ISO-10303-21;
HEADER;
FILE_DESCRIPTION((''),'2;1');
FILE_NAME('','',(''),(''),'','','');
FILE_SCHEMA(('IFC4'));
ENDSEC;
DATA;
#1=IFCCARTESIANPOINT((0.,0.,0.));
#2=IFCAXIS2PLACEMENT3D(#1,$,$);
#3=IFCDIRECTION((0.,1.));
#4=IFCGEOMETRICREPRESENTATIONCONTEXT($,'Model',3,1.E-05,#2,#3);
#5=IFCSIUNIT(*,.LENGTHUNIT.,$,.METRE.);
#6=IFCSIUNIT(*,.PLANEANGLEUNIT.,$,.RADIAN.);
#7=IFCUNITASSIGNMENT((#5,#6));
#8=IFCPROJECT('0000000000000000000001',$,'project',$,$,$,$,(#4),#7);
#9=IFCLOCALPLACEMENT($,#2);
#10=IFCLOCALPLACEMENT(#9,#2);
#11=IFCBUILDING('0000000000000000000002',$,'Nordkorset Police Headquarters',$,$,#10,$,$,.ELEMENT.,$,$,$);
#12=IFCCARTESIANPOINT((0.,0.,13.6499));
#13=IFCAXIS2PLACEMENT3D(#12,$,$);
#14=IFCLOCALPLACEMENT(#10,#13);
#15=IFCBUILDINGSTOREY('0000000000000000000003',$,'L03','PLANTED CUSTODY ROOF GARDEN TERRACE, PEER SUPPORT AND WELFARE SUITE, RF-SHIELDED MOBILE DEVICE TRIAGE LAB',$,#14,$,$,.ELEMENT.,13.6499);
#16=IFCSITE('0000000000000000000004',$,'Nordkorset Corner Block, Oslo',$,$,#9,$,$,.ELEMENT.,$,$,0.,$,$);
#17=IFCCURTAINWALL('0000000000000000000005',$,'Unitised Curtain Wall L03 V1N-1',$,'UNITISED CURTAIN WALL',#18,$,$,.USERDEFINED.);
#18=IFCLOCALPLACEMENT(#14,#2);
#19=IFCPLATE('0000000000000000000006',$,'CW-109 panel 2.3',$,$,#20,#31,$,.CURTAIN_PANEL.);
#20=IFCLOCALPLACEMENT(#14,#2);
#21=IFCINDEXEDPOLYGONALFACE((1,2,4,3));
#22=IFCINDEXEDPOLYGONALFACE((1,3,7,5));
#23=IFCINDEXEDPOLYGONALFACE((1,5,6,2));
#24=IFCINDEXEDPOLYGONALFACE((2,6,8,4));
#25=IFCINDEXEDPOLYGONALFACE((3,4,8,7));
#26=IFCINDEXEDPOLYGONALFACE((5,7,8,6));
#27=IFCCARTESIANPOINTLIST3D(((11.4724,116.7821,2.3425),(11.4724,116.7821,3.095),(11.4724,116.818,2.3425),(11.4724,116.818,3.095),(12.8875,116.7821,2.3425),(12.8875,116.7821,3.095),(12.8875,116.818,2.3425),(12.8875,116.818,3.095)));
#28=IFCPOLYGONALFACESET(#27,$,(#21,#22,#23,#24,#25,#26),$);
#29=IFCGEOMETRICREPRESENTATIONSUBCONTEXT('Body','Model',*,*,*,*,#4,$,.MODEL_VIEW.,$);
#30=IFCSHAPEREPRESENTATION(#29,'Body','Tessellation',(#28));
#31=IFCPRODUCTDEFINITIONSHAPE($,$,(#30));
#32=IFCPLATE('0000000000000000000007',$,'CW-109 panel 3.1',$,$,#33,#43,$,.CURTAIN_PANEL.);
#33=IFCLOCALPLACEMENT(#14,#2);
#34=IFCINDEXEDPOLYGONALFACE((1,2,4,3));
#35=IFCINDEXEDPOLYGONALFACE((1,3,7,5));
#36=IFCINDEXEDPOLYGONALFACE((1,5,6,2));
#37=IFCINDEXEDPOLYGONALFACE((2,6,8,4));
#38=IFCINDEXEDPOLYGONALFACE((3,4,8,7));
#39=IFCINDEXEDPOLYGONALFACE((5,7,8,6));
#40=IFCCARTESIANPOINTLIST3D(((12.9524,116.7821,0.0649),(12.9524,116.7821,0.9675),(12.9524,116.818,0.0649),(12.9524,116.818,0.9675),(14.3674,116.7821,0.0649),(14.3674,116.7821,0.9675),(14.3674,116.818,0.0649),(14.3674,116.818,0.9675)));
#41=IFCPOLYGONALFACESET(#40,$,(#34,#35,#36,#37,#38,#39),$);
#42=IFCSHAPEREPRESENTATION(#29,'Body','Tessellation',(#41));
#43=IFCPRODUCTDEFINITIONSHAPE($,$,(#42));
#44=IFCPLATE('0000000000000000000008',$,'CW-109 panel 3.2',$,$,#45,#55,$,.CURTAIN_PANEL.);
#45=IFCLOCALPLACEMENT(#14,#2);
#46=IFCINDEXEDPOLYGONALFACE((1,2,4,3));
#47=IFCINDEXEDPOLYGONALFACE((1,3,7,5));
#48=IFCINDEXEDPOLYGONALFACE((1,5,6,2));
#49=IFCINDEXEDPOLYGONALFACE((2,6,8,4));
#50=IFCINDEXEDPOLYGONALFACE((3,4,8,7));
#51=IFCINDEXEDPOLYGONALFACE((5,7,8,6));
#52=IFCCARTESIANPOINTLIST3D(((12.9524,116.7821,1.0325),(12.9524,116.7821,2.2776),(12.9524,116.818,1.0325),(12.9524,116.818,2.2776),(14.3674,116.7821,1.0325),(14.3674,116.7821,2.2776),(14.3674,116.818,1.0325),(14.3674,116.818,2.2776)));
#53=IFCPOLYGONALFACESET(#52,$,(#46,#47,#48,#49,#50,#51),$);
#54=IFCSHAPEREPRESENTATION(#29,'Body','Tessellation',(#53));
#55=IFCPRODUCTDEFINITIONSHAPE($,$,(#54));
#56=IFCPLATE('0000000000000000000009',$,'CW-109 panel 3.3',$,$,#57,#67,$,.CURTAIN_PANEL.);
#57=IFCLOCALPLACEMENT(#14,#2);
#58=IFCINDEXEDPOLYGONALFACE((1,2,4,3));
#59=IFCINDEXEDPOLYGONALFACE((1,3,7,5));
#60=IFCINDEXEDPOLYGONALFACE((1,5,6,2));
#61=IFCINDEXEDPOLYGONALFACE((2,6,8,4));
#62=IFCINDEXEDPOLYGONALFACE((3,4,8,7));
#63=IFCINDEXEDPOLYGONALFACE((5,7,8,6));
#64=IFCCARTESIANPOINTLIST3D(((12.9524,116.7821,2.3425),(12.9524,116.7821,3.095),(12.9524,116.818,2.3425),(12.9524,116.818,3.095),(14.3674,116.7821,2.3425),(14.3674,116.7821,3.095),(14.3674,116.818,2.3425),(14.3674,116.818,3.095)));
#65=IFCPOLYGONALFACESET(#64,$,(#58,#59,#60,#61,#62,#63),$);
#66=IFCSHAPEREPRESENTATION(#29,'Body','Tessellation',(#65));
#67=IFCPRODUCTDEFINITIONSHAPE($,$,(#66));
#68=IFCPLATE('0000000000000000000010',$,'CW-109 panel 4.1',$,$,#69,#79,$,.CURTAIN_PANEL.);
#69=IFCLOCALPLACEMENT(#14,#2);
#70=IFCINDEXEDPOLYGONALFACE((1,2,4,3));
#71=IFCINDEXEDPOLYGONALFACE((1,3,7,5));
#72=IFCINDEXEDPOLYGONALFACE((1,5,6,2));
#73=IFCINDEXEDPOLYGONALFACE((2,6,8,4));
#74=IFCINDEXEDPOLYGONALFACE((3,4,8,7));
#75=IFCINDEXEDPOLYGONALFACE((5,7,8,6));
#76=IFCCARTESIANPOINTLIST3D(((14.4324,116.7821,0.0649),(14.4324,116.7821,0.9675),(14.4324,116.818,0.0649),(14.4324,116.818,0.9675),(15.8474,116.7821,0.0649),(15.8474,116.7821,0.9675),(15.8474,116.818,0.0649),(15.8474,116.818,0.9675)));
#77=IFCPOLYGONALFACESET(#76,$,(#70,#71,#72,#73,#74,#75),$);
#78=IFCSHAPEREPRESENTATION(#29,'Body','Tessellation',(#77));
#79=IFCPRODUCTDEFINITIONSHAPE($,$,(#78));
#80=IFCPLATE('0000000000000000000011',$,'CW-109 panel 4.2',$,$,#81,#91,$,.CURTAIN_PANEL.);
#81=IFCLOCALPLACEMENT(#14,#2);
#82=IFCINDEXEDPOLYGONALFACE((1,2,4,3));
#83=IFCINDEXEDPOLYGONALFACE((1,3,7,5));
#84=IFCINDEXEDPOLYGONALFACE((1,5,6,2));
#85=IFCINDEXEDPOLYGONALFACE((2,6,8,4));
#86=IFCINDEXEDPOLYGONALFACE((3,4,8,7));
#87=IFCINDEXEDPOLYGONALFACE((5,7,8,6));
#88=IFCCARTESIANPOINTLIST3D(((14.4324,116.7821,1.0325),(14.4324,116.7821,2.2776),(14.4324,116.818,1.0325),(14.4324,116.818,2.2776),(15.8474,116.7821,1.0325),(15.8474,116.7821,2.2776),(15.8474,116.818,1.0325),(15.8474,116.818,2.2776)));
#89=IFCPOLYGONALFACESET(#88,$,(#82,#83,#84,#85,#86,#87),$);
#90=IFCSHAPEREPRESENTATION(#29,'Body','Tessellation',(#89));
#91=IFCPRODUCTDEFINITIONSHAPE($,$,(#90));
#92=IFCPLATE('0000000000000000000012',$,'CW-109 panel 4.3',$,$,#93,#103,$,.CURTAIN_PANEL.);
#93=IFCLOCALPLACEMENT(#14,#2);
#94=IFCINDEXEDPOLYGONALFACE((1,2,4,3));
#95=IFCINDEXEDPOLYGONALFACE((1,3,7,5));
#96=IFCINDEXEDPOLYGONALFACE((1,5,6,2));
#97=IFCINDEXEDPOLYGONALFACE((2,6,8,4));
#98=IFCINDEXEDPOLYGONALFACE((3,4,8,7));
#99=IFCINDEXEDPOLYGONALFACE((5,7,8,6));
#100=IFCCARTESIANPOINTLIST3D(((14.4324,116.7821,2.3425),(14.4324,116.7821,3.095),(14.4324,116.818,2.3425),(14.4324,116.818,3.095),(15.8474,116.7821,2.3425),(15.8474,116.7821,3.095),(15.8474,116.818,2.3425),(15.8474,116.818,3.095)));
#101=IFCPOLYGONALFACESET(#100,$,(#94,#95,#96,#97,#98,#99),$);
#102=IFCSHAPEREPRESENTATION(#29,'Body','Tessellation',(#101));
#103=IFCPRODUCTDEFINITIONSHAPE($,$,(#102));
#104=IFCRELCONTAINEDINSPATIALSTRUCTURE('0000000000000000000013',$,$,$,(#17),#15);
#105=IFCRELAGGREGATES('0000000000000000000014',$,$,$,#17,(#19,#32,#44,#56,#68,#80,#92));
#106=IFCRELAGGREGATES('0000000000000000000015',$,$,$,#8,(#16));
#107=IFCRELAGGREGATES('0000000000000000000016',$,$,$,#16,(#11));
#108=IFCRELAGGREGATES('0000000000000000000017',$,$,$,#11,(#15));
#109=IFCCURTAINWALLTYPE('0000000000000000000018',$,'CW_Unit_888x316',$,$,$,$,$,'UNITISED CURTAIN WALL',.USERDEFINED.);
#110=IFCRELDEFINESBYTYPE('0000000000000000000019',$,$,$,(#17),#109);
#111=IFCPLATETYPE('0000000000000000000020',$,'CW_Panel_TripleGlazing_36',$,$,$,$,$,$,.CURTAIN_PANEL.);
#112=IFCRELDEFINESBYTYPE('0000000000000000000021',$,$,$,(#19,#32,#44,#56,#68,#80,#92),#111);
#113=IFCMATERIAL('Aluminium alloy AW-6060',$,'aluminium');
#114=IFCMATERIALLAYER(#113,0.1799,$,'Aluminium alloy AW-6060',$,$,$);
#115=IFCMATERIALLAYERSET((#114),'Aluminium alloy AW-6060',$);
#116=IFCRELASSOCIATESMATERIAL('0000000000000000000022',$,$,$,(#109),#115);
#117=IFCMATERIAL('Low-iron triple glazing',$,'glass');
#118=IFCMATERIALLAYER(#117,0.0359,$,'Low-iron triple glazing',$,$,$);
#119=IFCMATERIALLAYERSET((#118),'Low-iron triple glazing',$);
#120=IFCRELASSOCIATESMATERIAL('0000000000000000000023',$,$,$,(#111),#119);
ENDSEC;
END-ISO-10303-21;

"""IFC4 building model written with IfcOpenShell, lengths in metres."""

from ifc_helpers import new_model, si_unit, direction, frame, origin, origin_2d, place, context, subcontext, project, spatial, rectangle, extrude, material, layer, layer_set, type_object, element, aggregate, save


model = new_model("IFC4")

# Units and contexts
model_context = context("Model", 3, precision=1e-05, world=origin(), true_north=direction((0.0, 1.0)))
body_context = subcontext(model_context, "Body", "Model", "MODEL_VIEW")
ifc_project = project(units=[si_unit("LENGTHUNIT", "METRE"), si_unit("PLANEANGLEUNIT", "RADIAN")], contexts=[model_context])

# Site, building, storey
site_placement = place(None, origin())
site = spatial("IfcSite", under=ifc_project, at=site_placement, Name="Nordkorset Corner Block, Oslo", CompositionType="ELEMENT", RefElevation=0.0)
building_placement = place(site_placement, origin())
building = spatial("IfcBuilding", under=site, at=building_placement, Name="Nordkorset Police Headquarters", CompositionType="ELEMENT")
storey_placement = place(building_placement, frame((0.0, 0.0, 13.6499)))
storey = spatial("IfcBuildingStorey", under=building, at=storey_placement, Name="L03", Description="PLANTED CUSTODY ROOF GARDEN TERRACE, PEER SUPPORT AND WELFARE SUITE, RF-SHIELDED MOBILE DEVICE TRIAGE LAB", CompositionType="ELEMENT", Elevation=13.6499)

# Curtain wall, plates
ifc_material_1 = material(Name="Aluminium alloy AW-6060", Category="aluminium")
ifc_layer_1 = layer(ifc_material_1, 0.1799, Name="Aluminium alloy AW-6060")
ifc_layer_set_1 = layer_set([ifc_layer_1], Name="Aluminium alloy AW-6060")
curtain_wall_type = type_object("IfcCurtainWallType", Name="CW_Unit_888x316", ElementType="UNITISED CURTAIN WALL", PredefinedType="USERDEFINED", material=ifc_layer_set_1)
curtain_wall_placement = place(storey_placement, origin())
curtain_wall = element("IfcCurtainWall", 1, at=curtain_wall_placement, inside=storey, type_object=curtain_wall_type, Name="Unitised Curtain Wall L03 V1N-1", ObjectType="UNITISED CURTAIN WALL", PredefinedType="USERDEFINED")
ifc_material_2 = material(Name="Low-iron triple glazing", Category="glass")
ifc_layer_2 = layer(ifc_material_2, 0.0359, Name="Low-iron triple glazing")
ifc_layer_set_2 = layer_set([ifc_layer_2], Name="Low-iron triple glazing")
plate_type = type_object("IfcPlateType", Name="CW_Panel_TripleGlazing_36", PredefinedType="CURTAIN_PANEL", material=ifc_layer_set_2)
plate_1_placement = place(storey_placement, frame((12.1799, 116.8, 2.3425), z_axis=(0.0, 0.0, 1.0), x_axis=(1.0, 0.0, 0.0)))
plate_1 = element("IfcPlate", 2, at=plate_1_placement, type_object=plate_type, Name="CW-109 panel 2.3", PredefinedType="CURTAIN_PANEL", context=body_context, shape_type="SweptSolid", body=[
    extrude(rectangle(XDim=1.415, YDim=0.0359, at=origin_2d()), origin(), (0.0, 0.0, 1.0), 0.7524),
])
plate_2_placement = place(storey_placement, frame((13.6599, 116.8, 0.0649), z_axis=(0.0, 0.0, 1.0), x_axis=(1.0, 0.0, 0.0)))
plate_2 = element("IfcPlate", 3, at=plate_2_placement, type_object=plate_type, Name="CW-109 panel 3.1", PredefinedType="CURTAIN_PANEL", context=body_context, shape_type="SweptSolid", body=[
    extrude(rectangle(XDim=1.415, YDim=0.0359, at=origin_2d()), origin(), (0.0, 0.0, 1.0), 0.9026),
])
plate_3_placement = place(storey_placement, frame((13.6599, 116.8, 1.0325), z_axis=(0.0, 0.0, 1.0), x_axis=(1.0, 0.0, 0.0)))
plate_3 = element("IfcPlate", 4, at=plate_3_placement, type_object=plate_type, Name="CW-109 panel 3.2", PredefinedType="CURTAIN_PANEL", context=body_context, shape_type="SweptSolid", body=[
    extrude(rectangle(XDim=1.415, YDim=0.0359, at=origin_2d()), origin(), (0.0, 0.0, 1.0), 1.2451),
])
plate_4_placement = place(storey_placement, frame((13.6599, 116.8, 2.3425), z_axis=(0.0, 0.0, 1.0), x_axis=(1.0, 0.0, 0.0)))
plate_4 = element("IfcPlate", 5, at=plate_4_placement, type_object=plate_type, Name="CW-109 panel 3.3", PredefinedType="CURTAIN_PANEL", context=body_context, shape_type="SweptSolid", body=[
    extrude(rectangle(XDim=1.415, YDim=0.0359, at=origin_2d()), origin(), (0.0, 0.0, 1.0), 0.7524),
])
plate_5_placement = place(storey_placement, frame((15.1399, 116.8, 0.0649), z_axis=(0.0, 0.0, 1.0), x_axis=(1.0, 0.0, 0.0)))
plate_5 = element("IfcPlate", 6, at=plate_5_placement, type_object=plate_type, Name="CW-109 panel 4.1", PredefinedType="CURTAIN_PANEL", context=body_context, shape_type="SweptSolid", body=[
    extrude(rectangle(XDim=1.415, YDim=0.0359, at=origin_2d()), origin(), (0.0, 0.0, 1.0), 0.9026),
])
plate_6_placement = place(storey_placement, frame((15.1399, 116.8, 1.0325), z_axis=(0.0, 0.0, 1.0), x_axis=(1.0, 0.0, 0.0)))
plate_6 = element("IfcPlate", 7, at=plate_6_placement, type_object=plate_type, Name="CW-109 panel 4.2", PredefinedType="CURTAIN_PANEL", context=body_context, shape_type="SweptSolid", body=[
    extrude(rectangle(XDim=1.415, YDim=0.0359, at=origin_2d()), origin(), (0.0, 0.0, 1.0), 1.2451),
])
plate_7_placement = place(storey_placement, frame((15.1399, 116.8, 2.3425), z_axis=(0.0, 0.0, 1.0), x_axis=(1.0, 0.0, 0.0)))
plate_7 = element("IfcPlate", 8, at=plate_7_placement, type_object=plate_type, Name="CW-109 panel 4.3", PredefinedType="CURTAIN_PANEL", context=body_context, shape_type="SweptSolid", body=[
    extrude(rectangle(XDim=1.415, YDim=0.0359, at=origin_2d()), origin(), (0.0, 0.0, 1.0), 0.7524),
])
aggregate(curtain_wall, [plate_1, plate_2, plate_3, plate_4, plate_5, plate_6, plate_7])

save(model, "model.ifc")
